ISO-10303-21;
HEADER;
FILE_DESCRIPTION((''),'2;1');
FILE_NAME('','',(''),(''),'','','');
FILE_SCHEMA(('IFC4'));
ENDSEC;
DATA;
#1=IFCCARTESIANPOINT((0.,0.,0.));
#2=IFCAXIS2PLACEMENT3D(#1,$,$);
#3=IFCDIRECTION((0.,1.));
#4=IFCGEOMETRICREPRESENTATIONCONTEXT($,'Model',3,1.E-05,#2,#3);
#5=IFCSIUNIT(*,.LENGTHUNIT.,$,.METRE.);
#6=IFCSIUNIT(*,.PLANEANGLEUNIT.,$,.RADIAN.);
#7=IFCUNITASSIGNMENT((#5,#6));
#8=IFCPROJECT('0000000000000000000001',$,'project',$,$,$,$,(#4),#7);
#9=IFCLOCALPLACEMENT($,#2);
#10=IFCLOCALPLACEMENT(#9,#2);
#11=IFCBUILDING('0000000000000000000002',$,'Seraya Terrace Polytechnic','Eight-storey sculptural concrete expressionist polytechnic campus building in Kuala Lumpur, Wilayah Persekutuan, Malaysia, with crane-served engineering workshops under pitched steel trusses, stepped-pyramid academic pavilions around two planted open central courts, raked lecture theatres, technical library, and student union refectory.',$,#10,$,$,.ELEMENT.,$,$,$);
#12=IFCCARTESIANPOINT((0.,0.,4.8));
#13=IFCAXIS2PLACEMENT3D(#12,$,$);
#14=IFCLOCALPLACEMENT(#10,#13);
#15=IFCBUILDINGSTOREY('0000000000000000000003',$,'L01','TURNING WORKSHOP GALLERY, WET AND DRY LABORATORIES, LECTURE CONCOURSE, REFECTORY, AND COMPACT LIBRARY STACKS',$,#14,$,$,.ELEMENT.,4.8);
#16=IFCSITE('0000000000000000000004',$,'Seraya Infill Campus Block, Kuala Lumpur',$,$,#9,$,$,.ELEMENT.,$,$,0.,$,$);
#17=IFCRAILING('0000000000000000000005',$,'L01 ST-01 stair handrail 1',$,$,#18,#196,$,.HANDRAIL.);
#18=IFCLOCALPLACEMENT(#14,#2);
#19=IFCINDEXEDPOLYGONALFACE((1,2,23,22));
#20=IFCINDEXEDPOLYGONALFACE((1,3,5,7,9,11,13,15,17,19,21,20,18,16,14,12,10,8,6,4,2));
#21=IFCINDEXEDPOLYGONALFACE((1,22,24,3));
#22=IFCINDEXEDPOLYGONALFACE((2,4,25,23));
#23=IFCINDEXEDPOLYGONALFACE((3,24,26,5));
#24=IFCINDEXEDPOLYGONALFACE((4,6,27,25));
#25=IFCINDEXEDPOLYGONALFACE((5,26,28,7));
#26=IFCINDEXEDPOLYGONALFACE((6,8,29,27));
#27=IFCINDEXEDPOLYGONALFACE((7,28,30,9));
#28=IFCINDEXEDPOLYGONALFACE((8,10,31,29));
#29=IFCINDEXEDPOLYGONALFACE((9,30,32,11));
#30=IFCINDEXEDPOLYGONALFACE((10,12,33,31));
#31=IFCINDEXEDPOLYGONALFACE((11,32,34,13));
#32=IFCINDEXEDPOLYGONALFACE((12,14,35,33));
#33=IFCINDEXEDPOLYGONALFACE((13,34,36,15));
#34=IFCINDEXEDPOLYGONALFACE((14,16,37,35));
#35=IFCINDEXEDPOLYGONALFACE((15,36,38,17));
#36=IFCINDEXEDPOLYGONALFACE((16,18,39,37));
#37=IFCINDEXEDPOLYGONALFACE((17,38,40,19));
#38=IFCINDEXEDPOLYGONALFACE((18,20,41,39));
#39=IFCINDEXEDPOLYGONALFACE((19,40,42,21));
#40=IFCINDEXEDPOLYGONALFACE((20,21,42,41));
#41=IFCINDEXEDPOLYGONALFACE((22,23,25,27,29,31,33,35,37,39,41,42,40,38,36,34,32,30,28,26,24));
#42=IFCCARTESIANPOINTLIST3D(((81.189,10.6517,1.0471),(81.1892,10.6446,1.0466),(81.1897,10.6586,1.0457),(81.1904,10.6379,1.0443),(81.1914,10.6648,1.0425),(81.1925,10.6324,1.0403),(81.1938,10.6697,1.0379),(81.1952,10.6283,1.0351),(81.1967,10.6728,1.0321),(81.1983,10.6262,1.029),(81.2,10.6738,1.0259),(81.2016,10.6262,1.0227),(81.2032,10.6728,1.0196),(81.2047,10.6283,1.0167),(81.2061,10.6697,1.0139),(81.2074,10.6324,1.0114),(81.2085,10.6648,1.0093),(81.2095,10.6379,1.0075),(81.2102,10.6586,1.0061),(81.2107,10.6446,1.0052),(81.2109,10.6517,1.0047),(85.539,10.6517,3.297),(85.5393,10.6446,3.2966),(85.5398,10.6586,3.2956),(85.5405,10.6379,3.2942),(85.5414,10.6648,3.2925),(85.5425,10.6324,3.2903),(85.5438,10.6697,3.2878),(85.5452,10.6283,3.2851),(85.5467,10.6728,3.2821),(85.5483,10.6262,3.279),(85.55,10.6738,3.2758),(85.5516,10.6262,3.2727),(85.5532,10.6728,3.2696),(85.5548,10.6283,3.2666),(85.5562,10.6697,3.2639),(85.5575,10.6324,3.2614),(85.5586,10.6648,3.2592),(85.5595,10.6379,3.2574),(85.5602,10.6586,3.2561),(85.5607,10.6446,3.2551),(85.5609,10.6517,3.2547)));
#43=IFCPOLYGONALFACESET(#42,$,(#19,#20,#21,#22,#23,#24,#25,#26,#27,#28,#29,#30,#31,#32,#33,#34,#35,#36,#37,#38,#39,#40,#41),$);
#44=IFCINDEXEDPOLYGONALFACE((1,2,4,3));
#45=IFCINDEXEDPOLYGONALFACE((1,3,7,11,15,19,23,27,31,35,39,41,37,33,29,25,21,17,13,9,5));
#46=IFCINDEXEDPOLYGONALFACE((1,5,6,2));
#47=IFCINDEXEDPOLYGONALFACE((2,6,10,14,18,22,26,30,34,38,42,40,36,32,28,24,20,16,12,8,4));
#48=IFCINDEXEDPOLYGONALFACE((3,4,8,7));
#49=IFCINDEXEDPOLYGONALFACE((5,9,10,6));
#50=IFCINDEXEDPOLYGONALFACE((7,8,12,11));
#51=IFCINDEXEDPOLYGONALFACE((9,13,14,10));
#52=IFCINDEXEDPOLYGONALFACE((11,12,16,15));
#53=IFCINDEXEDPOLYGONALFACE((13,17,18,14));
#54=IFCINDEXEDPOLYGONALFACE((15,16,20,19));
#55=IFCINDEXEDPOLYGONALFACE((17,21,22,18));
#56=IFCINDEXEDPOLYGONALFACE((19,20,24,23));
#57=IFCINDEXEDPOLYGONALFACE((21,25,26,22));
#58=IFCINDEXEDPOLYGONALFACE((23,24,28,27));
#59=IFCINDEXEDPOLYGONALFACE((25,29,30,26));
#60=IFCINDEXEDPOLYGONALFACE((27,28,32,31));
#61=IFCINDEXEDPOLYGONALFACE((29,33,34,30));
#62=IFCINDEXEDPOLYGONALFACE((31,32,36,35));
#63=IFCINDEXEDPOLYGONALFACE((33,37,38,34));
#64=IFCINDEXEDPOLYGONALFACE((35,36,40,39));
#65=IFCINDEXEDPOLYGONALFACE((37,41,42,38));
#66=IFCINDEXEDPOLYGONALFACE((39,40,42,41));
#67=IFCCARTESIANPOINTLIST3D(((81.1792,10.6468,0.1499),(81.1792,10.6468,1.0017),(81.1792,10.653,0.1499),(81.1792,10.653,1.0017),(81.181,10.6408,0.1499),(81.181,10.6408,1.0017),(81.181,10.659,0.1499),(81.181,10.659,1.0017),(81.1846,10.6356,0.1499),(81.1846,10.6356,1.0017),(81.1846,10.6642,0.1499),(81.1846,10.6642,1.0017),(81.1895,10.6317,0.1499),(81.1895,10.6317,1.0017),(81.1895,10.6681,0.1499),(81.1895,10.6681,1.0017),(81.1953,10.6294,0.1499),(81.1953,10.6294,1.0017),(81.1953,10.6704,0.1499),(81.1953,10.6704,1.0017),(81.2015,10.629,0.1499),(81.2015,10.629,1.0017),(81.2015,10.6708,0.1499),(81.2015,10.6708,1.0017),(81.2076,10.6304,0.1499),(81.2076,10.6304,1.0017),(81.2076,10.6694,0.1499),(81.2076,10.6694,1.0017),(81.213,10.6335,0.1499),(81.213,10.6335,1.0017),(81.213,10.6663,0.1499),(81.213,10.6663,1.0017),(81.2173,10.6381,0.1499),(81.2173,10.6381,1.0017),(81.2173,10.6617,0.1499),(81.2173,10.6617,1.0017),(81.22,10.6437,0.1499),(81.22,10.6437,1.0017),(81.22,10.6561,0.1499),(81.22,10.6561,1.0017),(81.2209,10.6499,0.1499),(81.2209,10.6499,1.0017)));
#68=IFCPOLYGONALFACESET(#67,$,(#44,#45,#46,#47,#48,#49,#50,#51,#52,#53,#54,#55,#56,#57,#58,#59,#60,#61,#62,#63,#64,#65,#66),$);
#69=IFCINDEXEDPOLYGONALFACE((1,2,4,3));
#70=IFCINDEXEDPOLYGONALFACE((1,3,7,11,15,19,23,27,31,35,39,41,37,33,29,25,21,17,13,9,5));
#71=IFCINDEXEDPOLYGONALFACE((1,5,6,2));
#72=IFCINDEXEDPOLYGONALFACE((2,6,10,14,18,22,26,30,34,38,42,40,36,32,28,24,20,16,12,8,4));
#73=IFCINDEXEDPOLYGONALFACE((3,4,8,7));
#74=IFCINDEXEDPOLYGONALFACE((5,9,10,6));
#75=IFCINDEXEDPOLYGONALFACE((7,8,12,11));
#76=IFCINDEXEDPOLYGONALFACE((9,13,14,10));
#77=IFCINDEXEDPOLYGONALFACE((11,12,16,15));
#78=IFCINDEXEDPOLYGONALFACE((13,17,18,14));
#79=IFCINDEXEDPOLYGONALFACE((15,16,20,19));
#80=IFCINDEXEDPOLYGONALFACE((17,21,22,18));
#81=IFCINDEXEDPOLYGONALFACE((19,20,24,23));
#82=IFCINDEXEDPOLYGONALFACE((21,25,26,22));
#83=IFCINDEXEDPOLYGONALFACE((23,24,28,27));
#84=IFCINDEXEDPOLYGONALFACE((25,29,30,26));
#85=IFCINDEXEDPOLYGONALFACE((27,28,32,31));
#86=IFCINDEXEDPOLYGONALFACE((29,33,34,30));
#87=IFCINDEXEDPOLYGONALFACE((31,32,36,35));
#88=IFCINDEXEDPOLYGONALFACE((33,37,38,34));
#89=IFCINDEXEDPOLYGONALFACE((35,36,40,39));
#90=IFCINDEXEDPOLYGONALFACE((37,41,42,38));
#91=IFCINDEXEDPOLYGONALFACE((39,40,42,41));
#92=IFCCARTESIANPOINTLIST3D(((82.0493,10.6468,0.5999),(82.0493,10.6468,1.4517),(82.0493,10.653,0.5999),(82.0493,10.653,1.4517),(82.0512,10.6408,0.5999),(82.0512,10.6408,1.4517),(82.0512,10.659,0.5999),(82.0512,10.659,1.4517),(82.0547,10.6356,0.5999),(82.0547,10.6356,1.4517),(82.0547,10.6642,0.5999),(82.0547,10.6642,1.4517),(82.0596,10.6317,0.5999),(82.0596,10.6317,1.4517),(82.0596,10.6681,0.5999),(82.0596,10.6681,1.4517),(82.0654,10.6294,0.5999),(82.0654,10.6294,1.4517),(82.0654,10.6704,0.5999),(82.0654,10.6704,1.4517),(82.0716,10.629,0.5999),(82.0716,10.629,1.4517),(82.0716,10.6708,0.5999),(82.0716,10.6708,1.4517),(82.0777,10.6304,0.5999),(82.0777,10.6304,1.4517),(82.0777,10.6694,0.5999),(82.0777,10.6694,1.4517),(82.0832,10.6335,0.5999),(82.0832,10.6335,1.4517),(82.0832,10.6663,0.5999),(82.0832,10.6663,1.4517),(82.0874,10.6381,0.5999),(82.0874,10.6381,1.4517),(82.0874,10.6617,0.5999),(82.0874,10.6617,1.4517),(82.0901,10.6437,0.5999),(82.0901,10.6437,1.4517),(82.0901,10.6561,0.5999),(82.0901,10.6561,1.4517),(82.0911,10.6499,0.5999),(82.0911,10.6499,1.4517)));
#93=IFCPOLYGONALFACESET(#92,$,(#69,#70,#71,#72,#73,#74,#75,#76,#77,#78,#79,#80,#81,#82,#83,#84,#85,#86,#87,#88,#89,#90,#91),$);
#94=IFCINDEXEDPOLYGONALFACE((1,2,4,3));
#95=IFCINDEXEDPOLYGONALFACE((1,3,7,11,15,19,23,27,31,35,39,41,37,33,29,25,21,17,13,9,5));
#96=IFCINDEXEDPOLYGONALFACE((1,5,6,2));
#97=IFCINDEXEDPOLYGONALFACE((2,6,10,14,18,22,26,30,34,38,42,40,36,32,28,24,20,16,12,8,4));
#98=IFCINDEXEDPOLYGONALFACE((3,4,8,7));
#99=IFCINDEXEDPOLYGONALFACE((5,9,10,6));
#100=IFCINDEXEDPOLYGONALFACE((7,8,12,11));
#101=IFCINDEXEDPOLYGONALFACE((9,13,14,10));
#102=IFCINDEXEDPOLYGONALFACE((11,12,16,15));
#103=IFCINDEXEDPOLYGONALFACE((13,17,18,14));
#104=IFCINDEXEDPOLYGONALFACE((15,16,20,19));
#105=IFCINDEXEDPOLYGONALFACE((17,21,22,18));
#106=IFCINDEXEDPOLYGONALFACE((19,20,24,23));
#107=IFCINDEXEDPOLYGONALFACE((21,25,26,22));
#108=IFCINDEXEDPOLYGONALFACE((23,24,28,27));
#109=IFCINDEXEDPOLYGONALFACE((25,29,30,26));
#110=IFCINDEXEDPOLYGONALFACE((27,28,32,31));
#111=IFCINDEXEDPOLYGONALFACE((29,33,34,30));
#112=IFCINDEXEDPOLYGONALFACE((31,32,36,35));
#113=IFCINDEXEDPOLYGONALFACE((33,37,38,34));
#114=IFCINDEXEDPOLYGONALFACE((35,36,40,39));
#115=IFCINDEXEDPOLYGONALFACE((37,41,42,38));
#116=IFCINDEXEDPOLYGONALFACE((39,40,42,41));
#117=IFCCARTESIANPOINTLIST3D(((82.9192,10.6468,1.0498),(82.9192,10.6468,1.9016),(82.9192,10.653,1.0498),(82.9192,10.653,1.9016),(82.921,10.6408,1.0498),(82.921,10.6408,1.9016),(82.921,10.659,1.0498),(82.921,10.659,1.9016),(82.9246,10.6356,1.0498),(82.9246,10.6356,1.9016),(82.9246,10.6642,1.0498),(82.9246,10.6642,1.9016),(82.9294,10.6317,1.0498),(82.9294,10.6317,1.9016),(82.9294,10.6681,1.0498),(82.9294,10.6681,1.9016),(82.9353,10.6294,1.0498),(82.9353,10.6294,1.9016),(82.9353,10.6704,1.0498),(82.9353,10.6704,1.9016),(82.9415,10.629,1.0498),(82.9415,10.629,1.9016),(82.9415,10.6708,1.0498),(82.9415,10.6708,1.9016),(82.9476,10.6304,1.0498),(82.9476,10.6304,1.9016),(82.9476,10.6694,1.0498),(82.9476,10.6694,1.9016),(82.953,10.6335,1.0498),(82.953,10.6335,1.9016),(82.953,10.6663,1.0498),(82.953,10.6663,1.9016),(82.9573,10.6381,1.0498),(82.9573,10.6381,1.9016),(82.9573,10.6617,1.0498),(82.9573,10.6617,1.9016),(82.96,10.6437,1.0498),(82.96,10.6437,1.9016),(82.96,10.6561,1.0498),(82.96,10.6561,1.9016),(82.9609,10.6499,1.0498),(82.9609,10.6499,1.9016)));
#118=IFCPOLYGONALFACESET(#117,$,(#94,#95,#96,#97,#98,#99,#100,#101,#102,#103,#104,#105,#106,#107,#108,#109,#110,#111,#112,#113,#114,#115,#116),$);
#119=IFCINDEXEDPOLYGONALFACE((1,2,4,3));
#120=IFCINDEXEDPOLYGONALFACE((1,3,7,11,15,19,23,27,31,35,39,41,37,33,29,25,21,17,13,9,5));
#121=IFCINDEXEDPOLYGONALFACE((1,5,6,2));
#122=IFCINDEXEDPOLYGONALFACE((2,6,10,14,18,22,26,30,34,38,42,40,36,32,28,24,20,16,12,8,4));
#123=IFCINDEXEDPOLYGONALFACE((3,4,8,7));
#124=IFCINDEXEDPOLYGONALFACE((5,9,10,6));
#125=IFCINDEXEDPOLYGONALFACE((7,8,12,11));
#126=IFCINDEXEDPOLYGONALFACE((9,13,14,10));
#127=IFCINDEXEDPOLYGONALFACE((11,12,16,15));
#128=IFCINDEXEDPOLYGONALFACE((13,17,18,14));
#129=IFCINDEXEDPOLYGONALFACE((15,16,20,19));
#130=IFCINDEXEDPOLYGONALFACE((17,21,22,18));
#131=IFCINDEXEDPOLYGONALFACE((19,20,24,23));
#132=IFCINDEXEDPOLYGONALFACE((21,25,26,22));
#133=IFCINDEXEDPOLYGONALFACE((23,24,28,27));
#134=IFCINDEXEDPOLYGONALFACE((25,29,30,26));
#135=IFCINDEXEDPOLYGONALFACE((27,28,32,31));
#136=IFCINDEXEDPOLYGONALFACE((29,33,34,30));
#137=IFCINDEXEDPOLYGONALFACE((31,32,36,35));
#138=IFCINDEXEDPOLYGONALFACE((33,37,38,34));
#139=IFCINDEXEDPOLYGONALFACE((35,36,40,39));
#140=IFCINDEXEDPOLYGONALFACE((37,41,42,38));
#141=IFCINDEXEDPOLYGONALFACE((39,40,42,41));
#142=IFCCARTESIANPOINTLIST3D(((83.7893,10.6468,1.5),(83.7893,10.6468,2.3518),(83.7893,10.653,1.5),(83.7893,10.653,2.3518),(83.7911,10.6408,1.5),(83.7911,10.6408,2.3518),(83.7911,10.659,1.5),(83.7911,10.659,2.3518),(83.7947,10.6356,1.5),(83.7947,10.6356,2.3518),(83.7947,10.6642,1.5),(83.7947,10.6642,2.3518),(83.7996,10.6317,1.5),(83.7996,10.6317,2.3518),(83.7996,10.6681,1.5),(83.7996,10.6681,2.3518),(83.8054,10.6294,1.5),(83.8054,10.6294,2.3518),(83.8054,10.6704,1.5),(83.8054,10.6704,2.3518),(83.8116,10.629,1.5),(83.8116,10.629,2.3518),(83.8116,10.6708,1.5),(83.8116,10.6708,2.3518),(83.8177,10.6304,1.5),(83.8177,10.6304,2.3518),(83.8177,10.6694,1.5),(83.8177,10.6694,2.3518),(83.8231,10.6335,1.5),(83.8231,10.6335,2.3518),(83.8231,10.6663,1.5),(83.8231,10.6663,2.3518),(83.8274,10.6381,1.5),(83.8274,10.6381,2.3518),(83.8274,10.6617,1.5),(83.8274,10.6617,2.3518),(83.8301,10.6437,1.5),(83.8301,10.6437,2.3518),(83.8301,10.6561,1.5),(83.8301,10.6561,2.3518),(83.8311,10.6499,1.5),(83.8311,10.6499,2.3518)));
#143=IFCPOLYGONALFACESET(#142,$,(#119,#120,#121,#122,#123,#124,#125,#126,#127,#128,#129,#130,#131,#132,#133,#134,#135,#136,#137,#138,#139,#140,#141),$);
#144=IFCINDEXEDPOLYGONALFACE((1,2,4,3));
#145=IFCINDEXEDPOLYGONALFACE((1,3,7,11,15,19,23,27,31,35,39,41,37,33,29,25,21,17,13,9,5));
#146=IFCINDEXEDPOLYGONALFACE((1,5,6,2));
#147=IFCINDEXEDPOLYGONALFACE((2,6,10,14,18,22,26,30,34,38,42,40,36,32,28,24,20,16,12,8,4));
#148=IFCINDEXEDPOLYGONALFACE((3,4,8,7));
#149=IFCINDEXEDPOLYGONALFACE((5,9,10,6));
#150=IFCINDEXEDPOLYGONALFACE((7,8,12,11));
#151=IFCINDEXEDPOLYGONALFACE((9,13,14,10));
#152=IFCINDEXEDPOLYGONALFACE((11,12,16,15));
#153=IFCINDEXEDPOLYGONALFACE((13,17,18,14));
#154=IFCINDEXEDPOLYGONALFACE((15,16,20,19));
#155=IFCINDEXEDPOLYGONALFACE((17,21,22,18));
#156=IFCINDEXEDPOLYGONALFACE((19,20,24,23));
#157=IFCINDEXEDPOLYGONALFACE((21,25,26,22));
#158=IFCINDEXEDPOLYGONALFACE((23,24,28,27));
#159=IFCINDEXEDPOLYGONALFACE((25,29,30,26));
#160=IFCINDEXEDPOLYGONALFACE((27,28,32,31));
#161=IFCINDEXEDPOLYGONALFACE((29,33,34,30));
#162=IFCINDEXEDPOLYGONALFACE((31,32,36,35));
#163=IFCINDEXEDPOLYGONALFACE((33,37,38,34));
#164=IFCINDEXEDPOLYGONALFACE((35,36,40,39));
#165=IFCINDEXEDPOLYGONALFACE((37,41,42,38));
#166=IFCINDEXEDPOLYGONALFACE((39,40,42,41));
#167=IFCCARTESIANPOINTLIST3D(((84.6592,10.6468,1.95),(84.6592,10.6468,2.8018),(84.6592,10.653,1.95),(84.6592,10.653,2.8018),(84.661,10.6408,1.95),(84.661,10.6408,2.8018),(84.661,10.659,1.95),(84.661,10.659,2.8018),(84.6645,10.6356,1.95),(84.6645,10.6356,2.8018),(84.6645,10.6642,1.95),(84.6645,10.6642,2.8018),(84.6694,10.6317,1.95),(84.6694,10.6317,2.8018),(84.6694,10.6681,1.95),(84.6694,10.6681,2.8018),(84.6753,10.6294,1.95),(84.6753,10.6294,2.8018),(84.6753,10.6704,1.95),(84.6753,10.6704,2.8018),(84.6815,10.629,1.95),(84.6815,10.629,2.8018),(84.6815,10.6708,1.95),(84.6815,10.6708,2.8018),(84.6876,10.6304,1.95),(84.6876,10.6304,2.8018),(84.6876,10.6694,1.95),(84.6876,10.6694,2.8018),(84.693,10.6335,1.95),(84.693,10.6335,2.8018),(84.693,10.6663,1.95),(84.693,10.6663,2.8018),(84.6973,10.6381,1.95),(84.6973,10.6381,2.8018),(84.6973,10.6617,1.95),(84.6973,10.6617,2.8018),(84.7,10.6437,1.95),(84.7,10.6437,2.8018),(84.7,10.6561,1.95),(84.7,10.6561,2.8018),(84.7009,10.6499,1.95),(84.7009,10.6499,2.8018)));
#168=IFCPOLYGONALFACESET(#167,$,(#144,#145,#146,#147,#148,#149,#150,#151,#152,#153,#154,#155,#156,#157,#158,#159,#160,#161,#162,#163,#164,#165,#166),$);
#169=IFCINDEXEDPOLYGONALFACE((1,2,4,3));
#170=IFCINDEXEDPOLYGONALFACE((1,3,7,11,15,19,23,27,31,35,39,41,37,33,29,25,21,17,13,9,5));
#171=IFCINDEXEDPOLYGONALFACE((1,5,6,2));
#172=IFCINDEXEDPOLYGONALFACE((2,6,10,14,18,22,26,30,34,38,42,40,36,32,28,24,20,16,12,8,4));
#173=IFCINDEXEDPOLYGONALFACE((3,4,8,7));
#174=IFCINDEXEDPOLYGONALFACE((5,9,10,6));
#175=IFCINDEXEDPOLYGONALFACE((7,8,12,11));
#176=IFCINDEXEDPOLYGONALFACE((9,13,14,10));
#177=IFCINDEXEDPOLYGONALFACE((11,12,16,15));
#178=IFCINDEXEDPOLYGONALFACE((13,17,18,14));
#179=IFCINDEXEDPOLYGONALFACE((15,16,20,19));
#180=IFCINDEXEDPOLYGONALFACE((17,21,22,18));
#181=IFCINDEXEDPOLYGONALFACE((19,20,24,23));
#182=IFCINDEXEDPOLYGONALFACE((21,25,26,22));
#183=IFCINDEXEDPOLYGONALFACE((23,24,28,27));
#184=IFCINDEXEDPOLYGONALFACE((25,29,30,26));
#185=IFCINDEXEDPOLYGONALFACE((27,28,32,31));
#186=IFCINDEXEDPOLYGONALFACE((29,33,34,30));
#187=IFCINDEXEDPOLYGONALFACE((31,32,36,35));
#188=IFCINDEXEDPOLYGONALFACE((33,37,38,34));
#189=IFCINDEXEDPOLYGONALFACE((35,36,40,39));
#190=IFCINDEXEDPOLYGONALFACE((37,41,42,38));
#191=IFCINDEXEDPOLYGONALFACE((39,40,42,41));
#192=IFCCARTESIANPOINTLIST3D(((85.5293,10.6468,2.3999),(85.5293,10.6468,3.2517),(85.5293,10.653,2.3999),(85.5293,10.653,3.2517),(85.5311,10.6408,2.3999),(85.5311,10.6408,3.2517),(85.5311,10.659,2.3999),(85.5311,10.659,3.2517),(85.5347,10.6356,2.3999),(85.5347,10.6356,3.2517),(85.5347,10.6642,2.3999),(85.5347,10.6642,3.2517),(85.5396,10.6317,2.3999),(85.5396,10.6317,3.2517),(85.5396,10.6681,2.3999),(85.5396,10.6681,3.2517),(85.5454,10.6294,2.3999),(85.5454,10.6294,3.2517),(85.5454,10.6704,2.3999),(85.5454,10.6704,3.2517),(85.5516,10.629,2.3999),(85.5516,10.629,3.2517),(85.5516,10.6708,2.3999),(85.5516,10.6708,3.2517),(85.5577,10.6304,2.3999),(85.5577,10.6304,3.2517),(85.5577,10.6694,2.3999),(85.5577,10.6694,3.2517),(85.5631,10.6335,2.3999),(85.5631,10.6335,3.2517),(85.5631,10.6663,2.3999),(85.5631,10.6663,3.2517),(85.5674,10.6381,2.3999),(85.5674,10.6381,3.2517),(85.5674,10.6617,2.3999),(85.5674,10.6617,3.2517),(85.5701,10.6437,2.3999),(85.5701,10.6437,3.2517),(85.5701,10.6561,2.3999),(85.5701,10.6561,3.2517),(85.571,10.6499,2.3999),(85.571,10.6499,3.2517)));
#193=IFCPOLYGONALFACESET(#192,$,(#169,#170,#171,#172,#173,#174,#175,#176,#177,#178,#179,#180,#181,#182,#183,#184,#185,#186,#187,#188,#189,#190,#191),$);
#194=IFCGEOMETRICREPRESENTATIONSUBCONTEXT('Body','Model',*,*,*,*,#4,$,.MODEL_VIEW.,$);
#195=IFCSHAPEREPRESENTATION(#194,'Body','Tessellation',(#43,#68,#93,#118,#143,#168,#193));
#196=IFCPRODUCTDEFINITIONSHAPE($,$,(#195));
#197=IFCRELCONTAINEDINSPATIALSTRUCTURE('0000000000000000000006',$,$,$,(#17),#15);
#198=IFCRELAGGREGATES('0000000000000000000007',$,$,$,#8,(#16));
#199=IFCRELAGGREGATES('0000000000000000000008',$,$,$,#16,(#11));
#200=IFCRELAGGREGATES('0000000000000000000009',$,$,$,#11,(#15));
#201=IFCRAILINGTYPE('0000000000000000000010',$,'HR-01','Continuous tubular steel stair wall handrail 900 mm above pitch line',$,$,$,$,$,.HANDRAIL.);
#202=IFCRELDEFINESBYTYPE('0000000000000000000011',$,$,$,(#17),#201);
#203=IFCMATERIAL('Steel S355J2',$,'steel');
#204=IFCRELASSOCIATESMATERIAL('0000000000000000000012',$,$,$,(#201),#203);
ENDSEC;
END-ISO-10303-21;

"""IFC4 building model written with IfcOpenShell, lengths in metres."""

from ifc_helpers import new_model, si_unit, direction, frame, origin, origin_2d, place, context, subcontext, project, spatial, circle, extrude, material, type_object, element, save


model = new_model("IFC4")

# Units and contexts
model_context = context("Model", 3, precision=1e-05, world=origin(), true_north=direction((0.0, 1.0)))
body_context = subcontext(model_context, "Body", "Model", "MODEL_VIEW")
ifc_project = project(units=[si_unit("LENGTHUNIT", "METRE"), si_unit("PLANEANGLEUNIT", "RADIAN")], contexts=[model_context])

# Site, building, storey
site_placement = place(None, origin())
site = spatial("IfcSite", under=ifc_project, at=site_placement, Name="Seraya Infill Campus Block, Kuala Lumpur", CompositionType="ELEMENT", RefElevation=0.0)
building_placement = place(site_placement, origin())
building = spatial("IfcBuilding", under=site, at=building_placement, Name="Seraya Terrace Polytechnic", Description="Eight-storey sculptural concrete expressionist polytechnic campus building in Kuala Lumpur, Wilayah Persekutuan, Malaysia, with crane-served engineering workshops under pitched steel trusses, stepped-pyramid academic pavilions around two planted open central courts, raked lecture theatres, technical library, and student union refectory.", CompositionType="ELEMENT")
storey_placement = place(building_placement, frame((0.0, 0.0, 4.8)))
storey = spatial("IfcBuildingStorey", under=building, at=storey_placement, Name="L01", Description="TURNING WORKSHOP GALLERY, WET AND DRY LABORATORIES, LECTURE CONCOURSE, REFECTORY, AND COMPACT LIBRARY STACKS", CompositionType="ELEMENT", Elevation=4.8)

# Shared definitions
ifc_material_1 = material(Name="Steel S355J2", Category="steel")

# Railing
railing_type_1 = type_object("IfcRailingType", Name="HR-01", Description="Continuous tubular steel stair wall handrail 900 mm above pitch line", PredefinedType="HANDRAIL", material=ifc_material_1)
railing_1_placement = place(storey_placement, frame((81.2, 10.6499, 0.1499)))
element("IfcRailing", 1, at=railing_1_placement, inside=storey, type_object=railing_type_1, Name="L01 ST-01 stair handrail 1", PredefinedType="HANDRAIL", context=body_context, shape_type="SweptSolid", body=[
    extrude(circle(Radius=0.0239, at=origin_2d()), frame((0.0, 0.0, 0.876), z_axis=(0.888222, 0.0, 0.459415), x_axis=(0.0, 1.0, 0.0)), (0.0, 0.0, 1.0), 4.8975),
    extrude(circle(Radius=0.021, at=origin_2d()), origin(), (0.0, 0.0, 1.0), 0.8518),
    extrude(circle(Radius=0.021, at=origin_2d()), frame((0.8701, 0.0, 0.45)), (0.0, 0.0, 1.0), 0.8518),
    extrude(circle(Radius=0.021, at=origin_2d()), frame((1.74, 0.0, 0.8999)), (0.0, 0.0, 1.0), 0.8518),
    extrude(circle(Radius=0.021, at=origin_2d()), frame((2.6101, 0.0, 1.3501)), (0.0, 0.0, 1.0), 0.8518),
    extrude(circle(Radius=0.021, at=origin_2d()), frame((3.48, 0.0, 1.8)), (0.0, 0.0, 1.0), 0.8518),
    extrude(circle(Radius=0.021, at=origin_2d()), frame((4.3501, 0.0, 2.25)), (0.0, 0.0, 1.0), 0.8518),
])

save(model, "model.ifc")
